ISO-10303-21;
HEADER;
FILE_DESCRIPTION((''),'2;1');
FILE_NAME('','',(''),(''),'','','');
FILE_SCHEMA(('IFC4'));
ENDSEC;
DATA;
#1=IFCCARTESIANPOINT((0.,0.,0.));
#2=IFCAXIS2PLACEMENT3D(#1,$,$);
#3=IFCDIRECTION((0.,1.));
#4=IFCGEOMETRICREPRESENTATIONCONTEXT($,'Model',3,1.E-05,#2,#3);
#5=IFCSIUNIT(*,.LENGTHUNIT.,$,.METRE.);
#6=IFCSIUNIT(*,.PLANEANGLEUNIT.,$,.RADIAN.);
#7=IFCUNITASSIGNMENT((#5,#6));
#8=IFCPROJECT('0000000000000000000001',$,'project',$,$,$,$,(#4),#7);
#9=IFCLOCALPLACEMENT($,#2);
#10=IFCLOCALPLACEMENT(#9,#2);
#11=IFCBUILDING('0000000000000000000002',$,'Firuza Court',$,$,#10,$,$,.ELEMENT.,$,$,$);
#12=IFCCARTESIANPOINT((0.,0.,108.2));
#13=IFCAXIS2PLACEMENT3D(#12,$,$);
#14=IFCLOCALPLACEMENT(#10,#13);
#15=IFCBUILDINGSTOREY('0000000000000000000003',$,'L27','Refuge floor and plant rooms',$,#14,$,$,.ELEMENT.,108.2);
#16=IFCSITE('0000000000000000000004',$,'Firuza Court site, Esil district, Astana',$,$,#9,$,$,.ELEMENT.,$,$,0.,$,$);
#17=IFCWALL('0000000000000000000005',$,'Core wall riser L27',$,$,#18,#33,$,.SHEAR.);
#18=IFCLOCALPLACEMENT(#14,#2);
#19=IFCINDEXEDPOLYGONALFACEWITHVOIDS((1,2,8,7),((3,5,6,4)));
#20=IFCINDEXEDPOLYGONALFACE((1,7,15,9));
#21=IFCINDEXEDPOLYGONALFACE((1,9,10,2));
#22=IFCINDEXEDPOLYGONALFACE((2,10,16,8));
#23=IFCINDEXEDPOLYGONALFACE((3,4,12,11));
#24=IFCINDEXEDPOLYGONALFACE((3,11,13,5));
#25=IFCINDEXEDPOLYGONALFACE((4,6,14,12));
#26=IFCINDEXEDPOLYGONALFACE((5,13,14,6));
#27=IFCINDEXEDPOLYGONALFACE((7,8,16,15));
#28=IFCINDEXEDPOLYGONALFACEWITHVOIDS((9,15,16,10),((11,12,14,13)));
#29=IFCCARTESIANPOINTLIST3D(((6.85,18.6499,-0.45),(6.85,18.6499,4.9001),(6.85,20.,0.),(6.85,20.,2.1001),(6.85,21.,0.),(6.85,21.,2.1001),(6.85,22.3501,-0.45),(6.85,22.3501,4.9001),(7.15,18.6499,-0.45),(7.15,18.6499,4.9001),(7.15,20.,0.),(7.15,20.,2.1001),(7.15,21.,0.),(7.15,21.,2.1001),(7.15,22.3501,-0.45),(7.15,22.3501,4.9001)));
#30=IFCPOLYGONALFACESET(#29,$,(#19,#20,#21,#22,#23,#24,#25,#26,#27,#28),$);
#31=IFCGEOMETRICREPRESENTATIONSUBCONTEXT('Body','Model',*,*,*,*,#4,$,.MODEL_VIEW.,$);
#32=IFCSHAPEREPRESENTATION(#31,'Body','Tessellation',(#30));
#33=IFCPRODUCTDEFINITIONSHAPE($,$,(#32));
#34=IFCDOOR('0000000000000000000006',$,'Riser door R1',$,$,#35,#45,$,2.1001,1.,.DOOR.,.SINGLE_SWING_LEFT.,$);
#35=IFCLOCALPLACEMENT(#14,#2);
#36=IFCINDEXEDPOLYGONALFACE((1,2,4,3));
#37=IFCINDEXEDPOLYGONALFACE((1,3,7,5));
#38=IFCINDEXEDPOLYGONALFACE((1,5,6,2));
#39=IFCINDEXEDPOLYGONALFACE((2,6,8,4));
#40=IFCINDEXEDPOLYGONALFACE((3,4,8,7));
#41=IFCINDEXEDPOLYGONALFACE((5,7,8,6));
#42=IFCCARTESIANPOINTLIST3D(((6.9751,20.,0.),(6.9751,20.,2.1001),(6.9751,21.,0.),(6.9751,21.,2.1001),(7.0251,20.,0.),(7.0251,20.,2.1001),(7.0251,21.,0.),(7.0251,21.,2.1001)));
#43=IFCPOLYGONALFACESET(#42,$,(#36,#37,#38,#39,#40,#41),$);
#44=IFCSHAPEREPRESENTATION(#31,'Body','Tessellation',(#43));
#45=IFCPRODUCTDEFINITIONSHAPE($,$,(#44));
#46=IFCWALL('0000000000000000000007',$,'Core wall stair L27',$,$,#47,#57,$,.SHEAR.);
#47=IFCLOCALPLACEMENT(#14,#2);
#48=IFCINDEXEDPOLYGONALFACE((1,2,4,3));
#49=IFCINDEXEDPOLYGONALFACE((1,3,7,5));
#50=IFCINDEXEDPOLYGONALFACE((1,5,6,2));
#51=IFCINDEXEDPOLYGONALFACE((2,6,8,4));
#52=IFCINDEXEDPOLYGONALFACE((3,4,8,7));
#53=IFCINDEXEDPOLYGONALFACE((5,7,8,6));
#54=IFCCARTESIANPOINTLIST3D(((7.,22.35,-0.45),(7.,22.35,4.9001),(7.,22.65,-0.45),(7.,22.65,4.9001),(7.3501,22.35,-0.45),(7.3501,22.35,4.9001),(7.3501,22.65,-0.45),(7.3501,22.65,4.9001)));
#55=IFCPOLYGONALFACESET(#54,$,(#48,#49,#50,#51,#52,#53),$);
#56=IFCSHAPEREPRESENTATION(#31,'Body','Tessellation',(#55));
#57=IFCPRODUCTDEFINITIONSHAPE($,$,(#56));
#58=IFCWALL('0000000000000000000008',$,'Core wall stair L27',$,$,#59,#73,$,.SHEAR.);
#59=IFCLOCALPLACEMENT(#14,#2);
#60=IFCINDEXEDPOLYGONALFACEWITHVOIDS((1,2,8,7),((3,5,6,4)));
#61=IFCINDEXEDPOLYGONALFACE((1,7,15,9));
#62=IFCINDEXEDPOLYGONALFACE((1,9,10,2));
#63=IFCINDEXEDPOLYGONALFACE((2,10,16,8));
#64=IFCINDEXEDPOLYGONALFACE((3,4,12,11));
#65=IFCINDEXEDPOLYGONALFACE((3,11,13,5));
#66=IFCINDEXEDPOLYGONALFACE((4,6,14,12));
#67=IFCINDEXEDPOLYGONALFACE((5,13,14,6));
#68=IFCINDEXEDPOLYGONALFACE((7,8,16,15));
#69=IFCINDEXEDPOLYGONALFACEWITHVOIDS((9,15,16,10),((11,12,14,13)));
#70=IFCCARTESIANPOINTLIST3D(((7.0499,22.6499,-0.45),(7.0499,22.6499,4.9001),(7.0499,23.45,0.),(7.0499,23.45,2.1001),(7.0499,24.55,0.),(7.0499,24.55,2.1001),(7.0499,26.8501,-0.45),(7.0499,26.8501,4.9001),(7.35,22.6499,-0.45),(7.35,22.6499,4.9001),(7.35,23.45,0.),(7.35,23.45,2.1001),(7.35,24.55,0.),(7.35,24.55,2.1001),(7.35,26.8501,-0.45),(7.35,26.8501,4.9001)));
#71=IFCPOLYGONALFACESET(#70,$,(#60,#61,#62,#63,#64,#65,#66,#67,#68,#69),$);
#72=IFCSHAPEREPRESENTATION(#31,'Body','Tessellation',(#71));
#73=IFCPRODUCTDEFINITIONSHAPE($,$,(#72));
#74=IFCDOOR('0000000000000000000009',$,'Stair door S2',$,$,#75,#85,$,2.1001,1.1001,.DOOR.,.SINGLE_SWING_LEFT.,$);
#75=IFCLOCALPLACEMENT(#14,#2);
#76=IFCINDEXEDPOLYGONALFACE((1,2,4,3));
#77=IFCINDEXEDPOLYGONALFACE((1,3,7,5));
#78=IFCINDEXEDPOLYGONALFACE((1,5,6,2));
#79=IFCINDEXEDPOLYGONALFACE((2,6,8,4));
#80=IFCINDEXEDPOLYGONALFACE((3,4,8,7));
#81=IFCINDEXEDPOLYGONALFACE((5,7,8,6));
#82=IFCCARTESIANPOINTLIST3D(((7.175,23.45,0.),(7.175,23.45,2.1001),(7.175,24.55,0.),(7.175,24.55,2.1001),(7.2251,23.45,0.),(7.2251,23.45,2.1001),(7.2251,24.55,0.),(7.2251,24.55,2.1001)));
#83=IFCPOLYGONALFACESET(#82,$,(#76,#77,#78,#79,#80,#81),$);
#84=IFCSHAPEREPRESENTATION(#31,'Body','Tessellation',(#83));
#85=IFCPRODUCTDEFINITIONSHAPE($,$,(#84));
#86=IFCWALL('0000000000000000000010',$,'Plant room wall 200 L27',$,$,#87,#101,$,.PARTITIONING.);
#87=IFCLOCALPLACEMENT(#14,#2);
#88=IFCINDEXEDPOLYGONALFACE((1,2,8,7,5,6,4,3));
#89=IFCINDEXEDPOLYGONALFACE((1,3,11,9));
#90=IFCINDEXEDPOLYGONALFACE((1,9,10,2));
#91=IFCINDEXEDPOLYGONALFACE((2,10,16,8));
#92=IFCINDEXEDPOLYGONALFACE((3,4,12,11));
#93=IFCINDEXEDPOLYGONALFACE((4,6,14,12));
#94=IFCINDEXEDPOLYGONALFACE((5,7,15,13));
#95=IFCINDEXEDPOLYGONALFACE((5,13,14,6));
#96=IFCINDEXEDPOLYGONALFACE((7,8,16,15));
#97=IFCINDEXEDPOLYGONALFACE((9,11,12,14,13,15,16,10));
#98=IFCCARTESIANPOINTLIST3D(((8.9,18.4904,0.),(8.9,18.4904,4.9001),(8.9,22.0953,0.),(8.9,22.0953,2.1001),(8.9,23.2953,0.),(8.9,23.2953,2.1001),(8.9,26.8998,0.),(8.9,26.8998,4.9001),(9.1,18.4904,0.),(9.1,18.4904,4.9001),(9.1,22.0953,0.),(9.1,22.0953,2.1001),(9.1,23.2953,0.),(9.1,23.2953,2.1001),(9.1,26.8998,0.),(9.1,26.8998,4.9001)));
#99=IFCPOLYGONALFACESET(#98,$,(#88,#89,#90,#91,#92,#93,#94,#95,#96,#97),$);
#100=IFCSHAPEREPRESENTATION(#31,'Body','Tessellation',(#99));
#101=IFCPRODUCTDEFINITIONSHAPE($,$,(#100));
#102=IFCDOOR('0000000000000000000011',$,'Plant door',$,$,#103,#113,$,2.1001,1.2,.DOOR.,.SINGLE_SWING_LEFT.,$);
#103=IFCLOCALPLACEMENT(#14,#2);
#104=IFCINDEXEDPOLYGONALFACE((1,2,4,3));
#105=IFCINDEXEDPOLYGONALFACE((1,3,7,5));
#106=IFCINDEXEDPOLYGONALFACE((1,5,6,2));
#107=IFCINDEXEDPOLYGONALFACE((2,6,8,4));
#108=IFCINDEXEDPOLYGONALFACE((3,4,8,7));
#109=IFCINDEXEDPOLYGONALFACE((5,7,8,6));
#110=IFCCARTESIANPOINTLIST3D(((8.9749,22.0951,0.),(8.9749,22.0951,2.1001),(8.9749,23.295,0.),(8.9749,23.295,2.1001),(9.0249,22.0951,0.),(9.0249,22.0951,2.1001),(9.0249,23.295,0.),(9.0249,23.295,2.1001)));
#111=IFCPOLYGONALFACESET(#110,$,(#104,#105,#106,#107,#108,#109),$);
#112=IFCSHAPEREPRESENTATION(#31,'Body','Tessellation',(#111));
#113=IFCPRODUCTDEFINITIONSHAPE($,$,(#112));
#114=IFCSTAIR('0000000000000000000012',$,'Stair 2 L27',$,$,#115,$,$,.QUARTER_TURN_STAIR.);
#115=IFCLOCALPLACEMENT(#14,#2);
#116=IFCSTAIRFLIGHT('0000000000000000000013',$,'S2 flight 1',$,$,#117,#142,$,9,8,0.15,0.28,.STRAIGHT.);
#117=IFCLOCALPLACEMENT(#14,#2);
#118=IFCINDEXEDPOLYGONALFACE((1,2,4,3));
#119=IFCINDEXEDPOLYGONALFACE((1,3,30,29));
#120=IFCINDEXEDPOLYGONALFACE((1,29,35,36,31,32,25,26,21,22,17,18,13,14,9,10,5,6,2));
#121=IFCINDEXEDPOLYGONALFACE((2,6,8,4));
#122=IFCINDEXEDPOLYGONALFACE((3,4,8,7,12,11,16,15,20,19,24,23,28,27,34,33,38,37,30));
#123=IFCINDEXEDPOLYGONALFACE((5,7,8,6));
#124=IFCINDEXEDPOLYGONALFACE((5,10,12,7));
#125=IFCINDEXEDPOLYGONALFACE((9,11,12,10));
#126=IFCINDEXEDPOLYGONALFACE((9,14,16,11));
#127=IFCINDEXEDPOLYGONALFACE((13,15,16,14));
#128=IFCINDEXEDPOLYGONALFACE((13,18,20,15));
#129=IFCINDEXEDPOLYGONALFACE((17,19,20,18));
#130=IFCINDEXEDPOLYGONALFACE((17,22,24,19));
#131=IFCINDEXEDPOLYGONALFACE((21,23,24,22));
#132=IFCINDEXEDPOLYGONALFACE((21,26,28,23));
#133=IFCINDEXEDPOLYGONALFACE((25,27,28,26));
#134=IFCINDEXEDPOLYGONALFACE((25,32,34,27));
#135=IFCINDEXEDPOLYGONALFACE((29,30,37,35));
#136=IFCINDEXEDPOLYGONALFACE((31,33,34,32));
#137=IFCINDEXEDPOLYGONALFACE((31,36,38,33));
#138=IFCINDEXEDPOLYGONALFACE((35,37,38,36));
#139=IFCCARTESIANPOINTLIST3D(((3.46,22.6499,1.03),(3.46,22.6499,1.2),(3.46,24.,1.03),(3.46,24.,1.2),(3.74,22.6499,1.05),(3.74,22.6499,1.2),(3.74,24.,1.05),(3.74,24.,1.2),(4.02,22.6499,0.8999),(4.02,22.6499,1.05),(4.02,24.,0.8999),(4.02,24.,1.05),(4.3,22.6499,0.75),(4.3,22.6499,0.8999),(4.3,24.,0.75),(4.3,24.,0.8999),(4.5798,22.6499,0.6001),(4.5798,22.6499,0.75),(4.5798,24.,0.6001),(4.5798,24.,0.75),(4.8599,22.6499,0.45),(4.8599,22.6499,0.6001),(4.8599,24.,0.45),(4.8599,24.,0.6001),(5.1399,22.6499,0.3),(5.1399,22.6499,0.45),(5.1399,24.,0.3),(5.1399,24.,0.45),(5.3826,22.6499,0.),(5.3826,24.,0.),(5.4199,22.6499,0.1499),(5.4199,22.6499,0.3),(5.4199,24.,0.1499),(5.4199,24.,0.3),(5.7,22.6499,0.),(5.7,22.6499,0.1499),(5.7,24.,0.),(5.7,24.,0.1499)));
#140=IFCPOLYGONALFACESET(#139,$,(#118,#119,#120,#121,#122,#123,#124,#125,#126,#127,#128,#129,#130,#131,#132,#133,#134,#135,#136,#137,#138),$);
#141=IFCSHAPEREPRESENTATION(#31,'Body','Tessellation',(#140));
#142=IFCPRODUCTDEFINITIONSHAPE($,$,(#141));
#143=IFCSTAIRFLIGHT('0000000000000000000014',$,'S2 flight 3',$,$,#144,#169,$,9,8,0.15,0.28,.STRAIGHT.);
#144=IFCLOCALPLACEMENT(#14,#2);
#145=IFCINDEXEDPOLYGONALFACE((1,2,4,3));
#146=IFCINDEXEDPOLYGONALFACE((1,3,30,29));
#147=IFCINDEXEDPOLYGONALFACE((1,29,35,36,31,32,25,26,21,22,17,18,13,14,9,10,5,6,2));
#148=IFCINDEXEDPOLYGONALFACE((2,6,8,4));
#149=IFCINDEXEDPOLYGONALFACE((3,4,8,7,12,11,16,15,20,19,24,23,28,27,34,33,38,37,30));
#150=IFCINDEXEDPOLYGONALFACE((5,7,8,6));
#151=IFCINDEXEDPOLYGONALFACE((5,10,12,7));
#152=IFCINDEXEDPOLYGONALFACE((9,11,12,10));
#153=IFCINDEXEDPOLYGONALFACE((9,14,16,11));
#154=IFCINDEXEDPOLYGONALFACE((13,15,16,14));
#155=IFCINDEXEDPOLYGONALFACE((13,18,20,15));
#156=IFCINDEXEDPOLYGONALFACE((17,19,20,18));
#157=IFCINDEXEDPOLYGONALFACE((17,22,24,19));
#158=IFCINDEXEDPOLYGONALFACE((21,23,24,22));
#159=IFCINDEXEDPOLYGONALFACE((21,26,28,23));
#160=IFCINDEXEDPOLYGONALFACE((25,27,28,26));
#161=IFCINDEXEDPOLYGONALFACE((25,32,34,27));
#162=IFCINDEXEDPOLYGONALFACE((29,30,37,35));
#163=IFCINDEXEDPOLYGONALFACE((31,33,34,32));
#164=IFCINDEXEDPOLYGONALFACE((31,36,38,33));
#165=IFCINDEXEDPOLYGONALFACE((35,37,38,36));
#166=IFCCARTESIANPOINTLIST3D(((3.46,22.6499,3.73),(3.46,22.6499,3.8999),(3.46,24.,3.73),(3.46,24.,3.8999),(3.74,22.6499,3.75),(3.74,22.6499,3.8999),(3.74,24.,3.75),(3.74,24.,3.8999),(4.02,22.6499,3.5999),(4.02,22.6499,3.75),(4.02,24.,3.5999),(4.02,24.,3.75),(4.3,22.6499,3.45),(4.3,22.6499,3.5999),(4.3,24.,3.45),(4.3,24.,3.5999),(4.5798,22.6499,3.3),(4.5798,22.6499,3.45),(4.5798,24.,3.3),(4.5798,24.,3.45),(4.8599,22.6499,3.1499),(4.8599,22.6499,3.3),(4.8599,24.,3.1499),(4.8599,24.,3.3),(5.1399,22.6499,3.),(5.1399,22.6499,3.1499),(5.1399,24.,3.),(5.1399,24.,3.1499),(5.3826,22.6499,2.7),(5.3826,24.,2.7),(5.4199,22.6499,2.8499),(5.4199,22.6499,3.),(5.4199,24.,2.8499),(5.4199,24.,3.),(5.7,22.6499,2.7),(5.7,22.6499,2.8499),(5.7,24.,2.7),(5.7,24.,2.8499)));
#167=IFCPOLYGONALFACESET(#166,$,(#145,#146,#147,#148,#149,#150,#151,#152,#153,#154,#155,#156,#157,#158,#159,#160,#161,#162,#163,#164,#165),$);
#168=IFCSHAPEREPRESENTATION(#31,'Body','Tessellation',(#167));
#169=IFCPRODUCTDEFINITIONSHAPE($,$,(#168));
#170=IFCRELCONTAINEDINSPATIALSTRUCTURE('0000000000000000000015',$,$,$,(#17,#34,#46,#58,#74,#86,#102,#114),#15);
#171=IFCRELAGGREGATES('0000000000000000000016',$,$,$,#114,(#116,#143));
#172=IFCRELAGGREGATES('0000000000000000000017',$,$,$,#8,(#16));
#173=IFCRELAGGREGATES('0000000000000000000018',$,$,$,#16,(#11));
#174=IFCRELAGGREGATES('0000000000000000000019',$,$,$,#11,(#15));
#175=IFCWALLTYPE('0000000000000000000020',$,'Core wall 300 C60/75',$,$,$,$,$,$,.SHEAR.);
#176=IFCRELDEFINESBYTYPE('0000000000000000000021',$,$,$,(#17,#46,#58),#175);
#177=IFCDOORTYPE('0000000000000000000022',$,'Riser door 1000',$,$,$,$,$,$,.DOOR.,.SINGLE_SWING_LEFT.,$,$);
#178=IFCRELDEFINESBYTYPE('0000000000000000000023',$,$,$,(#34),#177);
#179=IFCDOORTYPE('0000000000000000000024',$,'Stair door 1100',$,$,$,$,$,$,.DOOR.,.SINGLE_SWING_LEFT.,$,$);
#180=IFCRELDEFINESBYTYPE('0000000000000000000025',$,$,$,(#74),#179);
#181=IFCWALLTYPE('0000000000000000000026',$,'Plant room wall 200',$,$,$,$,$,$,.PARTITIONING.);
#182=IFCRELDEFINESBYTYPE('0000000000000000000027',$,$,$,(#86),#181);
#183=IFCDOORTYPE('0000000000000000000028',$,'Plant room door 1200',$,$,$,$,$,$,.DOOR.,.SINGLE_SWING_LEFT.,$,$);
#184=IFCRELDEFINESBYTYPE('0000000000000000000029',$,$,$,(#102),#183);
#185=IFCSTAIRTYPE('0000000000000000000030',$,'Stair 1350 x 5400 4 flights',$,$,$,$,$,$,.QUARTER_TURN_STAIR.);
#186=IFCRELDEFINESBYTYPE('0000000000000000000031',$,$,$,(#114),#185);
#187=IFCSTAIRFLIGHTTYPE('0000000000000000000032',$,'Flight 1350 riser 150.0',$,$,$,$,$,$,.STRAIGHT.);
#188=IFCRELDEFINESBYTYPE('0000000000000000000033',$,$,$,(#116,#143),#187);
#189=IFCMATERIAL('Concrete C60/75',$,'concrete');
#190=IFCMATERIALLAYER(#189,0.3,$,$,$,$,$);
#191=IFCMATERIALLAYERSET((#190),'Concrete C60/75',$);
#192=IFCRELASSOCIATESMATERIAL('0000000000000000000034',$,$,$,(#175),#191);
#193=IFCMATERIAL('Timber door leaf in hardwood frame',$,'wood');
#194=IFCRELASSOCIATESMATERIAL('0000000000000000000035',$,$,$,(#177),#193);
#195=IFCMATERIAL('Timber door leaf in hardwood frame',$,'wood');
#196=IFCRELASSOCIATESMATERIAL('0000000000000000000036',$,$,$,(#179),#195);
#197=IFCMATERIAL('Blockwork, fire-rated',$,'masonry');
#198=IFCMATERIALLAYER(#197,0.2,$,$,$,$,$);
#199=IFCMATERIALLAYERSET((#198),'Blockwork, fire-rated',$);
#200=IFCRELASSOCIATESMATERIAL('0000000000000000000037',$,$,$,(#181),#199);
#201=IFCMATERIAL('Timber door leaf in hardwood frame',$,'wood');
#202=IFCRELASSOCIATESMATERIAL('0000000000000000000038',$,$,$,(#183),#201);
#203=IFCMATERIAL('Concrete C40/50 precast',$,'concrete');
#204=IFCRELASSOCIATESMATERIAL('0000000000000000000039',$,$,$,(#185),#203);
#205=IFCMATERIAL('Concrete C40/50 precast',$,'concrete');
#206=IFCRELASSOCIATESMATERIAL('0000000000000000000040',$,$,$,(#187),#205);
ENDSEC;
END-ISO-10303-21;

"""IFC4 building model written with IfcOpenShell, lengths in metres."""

from ifc_helpers import new_model, si_unit, direction, frame, frame_2d, origin, place, context, subcontext, project, spatial, polyline, rectangle, outline, extrude, material, layer, layer_set, type_object, element, fill, aggregate, save


model = new_model("IFC4")

# Units and contexts
model_context = context("Model", 3, precision=1e-05, world=origin(), true_north=direction((0.0, 1.0)))
body_context = subcontext(model_context, "Body", "Model", "MODEL_VIEW")
ifc_project = project(units=[si_unit("LENGTHUNIT", "METRE"), si_unit("PLANEANGLEUNIT", "RADIAN")], contexts=[model_context])

# Site, building, storey
site_placement = place(None, origin())
site = spatial("IfcSite", under=ifc_project, at=site_placement, Name="Firuza Court site, Esil district, Astana", CompositionType="ELEMENT", RefElevation=0.0)
building_placement = place(site_placement, origin())
building = spatial("IfcBuilding", under=site, at=building_placement, Name="Firuza Court", CompositionType="ELEMENT")
storey_placement = place(building_placement, frame((0.0, 0.0, 108.2)))
storey = spatial("IfcBuildingStorey", under=building, at=storey_placement, Name="L27", Description="Refuge floor and plant rooms", CompositionType="ELEMENT", Elevation=108.2)

# Shared definitions
ifc_material_1 = material(Name="Concrete C60/75", Category="concrete")
ifc_layer_1 = layer(ifc_material_1, 0.3)
ifc_layer_set_1 = layer_set([ifc_layer_1], Name="Concrete C60/75")
wall_type_1 = type_object("IfcWallType", Name="Core wall 300 C60/75", PredefinedType="SHEAR", material=ifc_layer_set_1)

# Wall, opening, door
wall_1_placement = place(storey_placement, frame((7.0, 18.6499, -0.45), z_axis=(0.0, 0.0, 1.0), x_axis=(0.0, 1.0, 0.0)))
wall_1 = element("IfcWall", 1, at=wall_1_placement, inside=storey, type_object=wall_type_1, Name="Core wall riser L27", PredefinedType="SHEAR", context=body_context, shape_type="SweptSolid", body=[
    extrude(rectangle(XDim=3.7002, YDim=0.3, at=frame_2d((1.8501, 0.0))), origin(), (0.0, 0.0, 1.0), 5.3501),
])
opening_1_placement = place(wall_1_placement, frame((1.3501, 0.0, 0.45)))
opening_1 = element("IfcOpeningElement", 2, at=opening_1_placement, cuts=wall_1, PredefinedType="OPENING", context=body_context, shape_type="SweptSolid", body=[
    extrude(rectangle(XDim=1.0, YDim=2.1001, at=frame_2d((0.5, 1.05))), frame((0.0, 0.1621, 0.0), z_axis=(0.0, -1.0, 0.0), x_axis=(1.0, 0.0, 0.0)), (0.0, 0.0, 1.0), 0.324),
])
ifc_material_2 = material(Name="Timber door leaf in hardwood frame", Category="wood")
door_type_1 = type_object("IfcDoorType", Name="Riser door 1000", OperationType="SINGLE_SWING_LEFT", PredefinedType="DOOR", material=ifc_material_2)
door_1_placement = place(opening_1_placement, origin())
door_1 = element("IfcDoor", 3, at=door_1_placement, inside=storey, type_object=door_type_1, Name="Riser door R1", OperationType="SINGLE_SWING_LEFT", OverallHeight=2.1001, OverallWidth=1.0, PredefinedType="DOOR", context=body_context, shape_type="SweptSolid", body=[
    extrude(rectangle(XDim=1.0, YDim=2.1001, at=frame_2d((0.5, 1.05))), frame((0.0, 0.0249, 0.0), z_axis=(0.0, -1.0, 0.0), x_axis=(1.0, 0.0, 0.0)), (0.0, 0.0, 1.0), 0.05),
])
fill(opening_1, door_1)

# Wall
wall_2_placement = place(storey_placement, frame((7.0, 22.5, -0.45), z_axis=(0.0, 0.0, 1.0), x_axis=(1.0, 0.0, 0.0)))
element("IfcWall", 4, at=wall_2_placement, inside=storey, type_object=wall_type_1, Name="Core wall stair L27", PredefinedType="SHEAR", context=body_context, shape_type="SweptSolid", body=[
    extrude(rectangle(XDim=0.3501, YDim=0.3, at=frame_2d((0.175, 0.0))), origin(), (0.0, 0.0, 1.0), 5.3501),
])

# Walls, openings, doors
wall_3_placement = place(storey_placement, frame((7.2, 22.6499, -0.45), z_axis=(0.0, 0.0, 1.0), x_axis=(0.0, 1.0, 0.0)))
wall_3 = element("IfcWall", 5, at=wall_3_placement, inside=storey, type_object=wall_type_1, Name="Core wall stair L27", PredefinedType="SHEAR", context=body_context, shape_type="SweptSolid", body=[
    extrude(rectangle(XDim=4.2002, YDim=0.3, at=frame_2d((2.1001, 0.0))), origin(), (0.0, 0.0, 1.0), 5.3501),
])
opening_2_placement = place(wall_3_placement, frame((0.8, 0.0, 0.45)))
opening_2 = element("IfcOpeningElement", 6, at=opening_2_placement, cuts=wall_3, PredefinedType="OPENING", context=body_context, shape_type="SweptSolid", body=[
    extrude(rectangle(XDim=1.1001, YDim=2.1001, at=frame_2d((0.55, 1.05))), frame((0.0, 0.1621, 0.0), z_axis=(0.0, -1.0, 0.0), x_axis=(1.0, 0.0, 0.0)), (0.0, 0.0, 1.0), 0.324),
])
ifc_material_3 = material(Name="Timber door leaf in hardwood frame", Category="wood")
door_type_2 = type_object("IfcDoorType", Name="Stair door 1100", OperationType="SINGLE_SWING_LEFT", PredefinedType="DOOR", material=ifc_material_3)
door_2_placement = place(opening_2_placement, origin())
door_2 = element("IfcDoor", 7, at=door_2_placement, inside=storey, type_object=door_type_2, Name="Stair door S2", OperationType="SINGLE_SWING_LEFT", OverallHeight=2.1001, OverallWidth=1.1001, PredefinedType="DOOR", context=body_context, shape_type="SweptSolid", body=[
    extrude(rectangle(XDim=1.1001, YDim=2.1001, at=frame_2d((0.55, 1.05))), frame((0.0, 0.0249, 0.0), z_axis=(0.0, -1.0, 0.0), x_axis=(1.0, 0.0, 0.0)), (0.0, 0.0, 1.0), 0.05),
])
fill(opening_2, door_2)
ifc_material_4 = material(Name="Blockwork, fire-rated", Category="masonry")
ifc_layer_2 = layer(ifc_material_4, 0.2)
ifc_layer_set_2 = layer_set([ifc_layer_2], Name="Blockwork, fire-rated")
wall_type_2 = type_object("IfcWallType", Name="Plant room wall 200", PredefinedType="PARTITIONING", material=ifc_layer_set_2)
wall_4_placement = place(storey_placement, frame((9.0, 18.4905, 0.0), z_axis=(0.0, 0.0, 1.0), x_axis=(0.0, 1.0, 0.0)))
wall_4 = element("IfcWall", 8, at=wall_4_placement, inside=storey, type_object=wall_type_2, Name="Plant room wall 200 L27", PredefinedType="PARTITIONING", context=body_context, shape_type="SweptSolid", body=[
    extrude(rectangle(XDim=8.4094, YDim=0.2, at=frame_2d((4.2046, 0.0))), origin(), (0.0, 0.0, 1.0), 4.9001),
])
opening_3_placement = place(wall_4_placement, frame((3.6047, 0.0, 0.0)))
opening_3 = element("IfcOpeningElement", 9, at=opening_3_placement, cuts=wall_4, PredefinedType="OPENING", context=body_context, shape_type="SweptSolid", body=[
    extrude(rectangle(XDim=1.2, YDim=2.1001, at=frame_2d((0.6001, 1.05))), frame((0.0, 0.1118, 0.0), z_axis=(0.0, -1.0, 0.0), x_axis=(1.0, 0.0, 0.0)), (0.0, 0.0, 1.0), 0.2239),
])
ifc_material_5 = material(Name="Timber door leaf in hardwood frame", Category="wood")
door_type_3 = type_object("IfcDoorType", Name="Plant room door 1200", OperationType="SINGLE_SWING_LEFT", PredefinedType="DOOR", material=ifc_material_5)
door_3_placement = place(opening_3_placement, frame((1.2, 0.0, 0.0), z_axis=(0.0, 0.0, 1.0), x_axis=(-1.0, 0.0, 0.0)))
door_3 = element("IfcDoor", 10, at=door_3_placement, inside=storey, type_object=door_type_3, Name="Plant door", OperationType="SINGLE_SWING_LEFT", OverallHeight=2.1001, OverallWidth=1.2, PredefinedType="DOOR", context=body_context, shape_type="SweptSolid", body=[
    extrude(rectangle(XDim=1.2, YDim=2.1001, at=frame_2d((0.6001, 1.05))), frame((0.0, 0.0249, 0.0), z_axis=(0.0, -1.0, 0.0), x_axis=(1.0, 0.0, 0.0)), (0.0, 0.0, 1.0), 0.05),
])
fill(opening_3, door_3)

# Stair, stair flights
ifc_material_6 = material(Name="Concrete C40/50 precast", Category="concrete")
stair_type = type_object("IfcStairType", Name="Stair 1350 x 5400 4 flights", PredefinedType="QUARTER_TURN_STAIR", material=ifc_material_6)
stair_placement = place(storey_placement, origin())
stair = element("IfcStair", 11, at=stair_placement, inside=storey, type_object=stair_type, Name="Stair 2 L27", PredefinedType="QUARTER_TURN_STAIR")
ifc_material_7 = material(Name="Concrete C40/50 precast", Category="concrete")
stair_flight_type = type_object("IfcStairFlightType", Name="Flight 1350 riser 150.0", PredefinedType="STRAIGHT", material=ifc_material_7)
stair_flight_1_placement = place(storey_placement, frame((5.7, 23.325, 0.0), z_axis=(0.0, 0.0, 1.0), x_axis=(-1.0, 0.0, 0.0)))
stair_flight_1 = element("IfcStairFlight", 12, at=stair_flight_1_placement, type_object=stair_flight_type, Name="S2 flight 1", NumberOfRisers=9, NumberOfTreads=8, PredefinedType="STRAIGHT", RiserHeight=0.15, TreadLength=0.28, context=body_context, shape_type="SweptSolid", body=[
    extrude(outline(polyline([(0.0, 0.0), (0.0, 0.1499), (0.28, 0.1499), (0.28, 0.3), (0.5601, 0.3), (0.5601, 0.45), (0.8401, 0.45), (0.8401, 0.6001), (1.1201, 0.6001), (1.1201, 0.75), (1.3999, 0.75), (1.3999, 0.8999), (1.6799, 0.8999), (1.6799, 1.05), (1.96, 1.05), (1.96, 1.2), (2.24, 1.2), (2.24, 1.3501), (2.24, 1.03), (0.3174, 0.0), (0.0, 0.0)])), frame((0.0, 0.675, 0.0), z_axis=(0.0, -1.0, 0.0), x_axis=(1.0, 0.0, 0.0)), (0.0, 0.0, 1.0), 1.3501),
])
stair_flight_2_placement = place(storey_placement, frame((5.7, 23.325, 2.7), z_axis=(0.0, 0.0, 1.0), x_axis=(-1.0, 0.0, 0.0)))
stair_flight_2 = element("IfcStairFlight", 13, at=stair_flight_2_placement, type_object=stair_flight_type, Name="S2 flight 3", NumberOfRisers=9, NumberOfTreads=8, PredefinedType="STRAIGHT", RiserHeight=0.15, TreadLength=0.28, context=body_context, shape_type="SweptSolid", body=[
    extrude(outline(polyline([(0.0, 0.0), (0.0, 0.1499), (0.28, 0.1499), (0.28, 0.3), (0.5601, 0.3), (0.5601, 0.45), (0.8401, 0.45), (0.8401, 0.6001), (1.1201, 0.6001), (1.1201, 0.75), (1.3999, 0.75), (1.3999, 0.8999), (1.6799, 0.8999), (1.6799, 1.05), (1.96, 1.05), (1.96, 1.2), (2.24, 1.2), (2.24, 1.3501), (2.24, 1.03), (0.3174, 0.0), (0.0, 0.0)])), frame((0.0, 0.675, 0.0), z_axis=(0.0, -1.0, 0.0), x_axis=(1.0, 0.0, 0.0)), (0.0, 0.0, 1.0), 1.3501),
])
aggregate(stair, [stair_flight_1, stair_flight_2])

save(model, "model.ifc")
